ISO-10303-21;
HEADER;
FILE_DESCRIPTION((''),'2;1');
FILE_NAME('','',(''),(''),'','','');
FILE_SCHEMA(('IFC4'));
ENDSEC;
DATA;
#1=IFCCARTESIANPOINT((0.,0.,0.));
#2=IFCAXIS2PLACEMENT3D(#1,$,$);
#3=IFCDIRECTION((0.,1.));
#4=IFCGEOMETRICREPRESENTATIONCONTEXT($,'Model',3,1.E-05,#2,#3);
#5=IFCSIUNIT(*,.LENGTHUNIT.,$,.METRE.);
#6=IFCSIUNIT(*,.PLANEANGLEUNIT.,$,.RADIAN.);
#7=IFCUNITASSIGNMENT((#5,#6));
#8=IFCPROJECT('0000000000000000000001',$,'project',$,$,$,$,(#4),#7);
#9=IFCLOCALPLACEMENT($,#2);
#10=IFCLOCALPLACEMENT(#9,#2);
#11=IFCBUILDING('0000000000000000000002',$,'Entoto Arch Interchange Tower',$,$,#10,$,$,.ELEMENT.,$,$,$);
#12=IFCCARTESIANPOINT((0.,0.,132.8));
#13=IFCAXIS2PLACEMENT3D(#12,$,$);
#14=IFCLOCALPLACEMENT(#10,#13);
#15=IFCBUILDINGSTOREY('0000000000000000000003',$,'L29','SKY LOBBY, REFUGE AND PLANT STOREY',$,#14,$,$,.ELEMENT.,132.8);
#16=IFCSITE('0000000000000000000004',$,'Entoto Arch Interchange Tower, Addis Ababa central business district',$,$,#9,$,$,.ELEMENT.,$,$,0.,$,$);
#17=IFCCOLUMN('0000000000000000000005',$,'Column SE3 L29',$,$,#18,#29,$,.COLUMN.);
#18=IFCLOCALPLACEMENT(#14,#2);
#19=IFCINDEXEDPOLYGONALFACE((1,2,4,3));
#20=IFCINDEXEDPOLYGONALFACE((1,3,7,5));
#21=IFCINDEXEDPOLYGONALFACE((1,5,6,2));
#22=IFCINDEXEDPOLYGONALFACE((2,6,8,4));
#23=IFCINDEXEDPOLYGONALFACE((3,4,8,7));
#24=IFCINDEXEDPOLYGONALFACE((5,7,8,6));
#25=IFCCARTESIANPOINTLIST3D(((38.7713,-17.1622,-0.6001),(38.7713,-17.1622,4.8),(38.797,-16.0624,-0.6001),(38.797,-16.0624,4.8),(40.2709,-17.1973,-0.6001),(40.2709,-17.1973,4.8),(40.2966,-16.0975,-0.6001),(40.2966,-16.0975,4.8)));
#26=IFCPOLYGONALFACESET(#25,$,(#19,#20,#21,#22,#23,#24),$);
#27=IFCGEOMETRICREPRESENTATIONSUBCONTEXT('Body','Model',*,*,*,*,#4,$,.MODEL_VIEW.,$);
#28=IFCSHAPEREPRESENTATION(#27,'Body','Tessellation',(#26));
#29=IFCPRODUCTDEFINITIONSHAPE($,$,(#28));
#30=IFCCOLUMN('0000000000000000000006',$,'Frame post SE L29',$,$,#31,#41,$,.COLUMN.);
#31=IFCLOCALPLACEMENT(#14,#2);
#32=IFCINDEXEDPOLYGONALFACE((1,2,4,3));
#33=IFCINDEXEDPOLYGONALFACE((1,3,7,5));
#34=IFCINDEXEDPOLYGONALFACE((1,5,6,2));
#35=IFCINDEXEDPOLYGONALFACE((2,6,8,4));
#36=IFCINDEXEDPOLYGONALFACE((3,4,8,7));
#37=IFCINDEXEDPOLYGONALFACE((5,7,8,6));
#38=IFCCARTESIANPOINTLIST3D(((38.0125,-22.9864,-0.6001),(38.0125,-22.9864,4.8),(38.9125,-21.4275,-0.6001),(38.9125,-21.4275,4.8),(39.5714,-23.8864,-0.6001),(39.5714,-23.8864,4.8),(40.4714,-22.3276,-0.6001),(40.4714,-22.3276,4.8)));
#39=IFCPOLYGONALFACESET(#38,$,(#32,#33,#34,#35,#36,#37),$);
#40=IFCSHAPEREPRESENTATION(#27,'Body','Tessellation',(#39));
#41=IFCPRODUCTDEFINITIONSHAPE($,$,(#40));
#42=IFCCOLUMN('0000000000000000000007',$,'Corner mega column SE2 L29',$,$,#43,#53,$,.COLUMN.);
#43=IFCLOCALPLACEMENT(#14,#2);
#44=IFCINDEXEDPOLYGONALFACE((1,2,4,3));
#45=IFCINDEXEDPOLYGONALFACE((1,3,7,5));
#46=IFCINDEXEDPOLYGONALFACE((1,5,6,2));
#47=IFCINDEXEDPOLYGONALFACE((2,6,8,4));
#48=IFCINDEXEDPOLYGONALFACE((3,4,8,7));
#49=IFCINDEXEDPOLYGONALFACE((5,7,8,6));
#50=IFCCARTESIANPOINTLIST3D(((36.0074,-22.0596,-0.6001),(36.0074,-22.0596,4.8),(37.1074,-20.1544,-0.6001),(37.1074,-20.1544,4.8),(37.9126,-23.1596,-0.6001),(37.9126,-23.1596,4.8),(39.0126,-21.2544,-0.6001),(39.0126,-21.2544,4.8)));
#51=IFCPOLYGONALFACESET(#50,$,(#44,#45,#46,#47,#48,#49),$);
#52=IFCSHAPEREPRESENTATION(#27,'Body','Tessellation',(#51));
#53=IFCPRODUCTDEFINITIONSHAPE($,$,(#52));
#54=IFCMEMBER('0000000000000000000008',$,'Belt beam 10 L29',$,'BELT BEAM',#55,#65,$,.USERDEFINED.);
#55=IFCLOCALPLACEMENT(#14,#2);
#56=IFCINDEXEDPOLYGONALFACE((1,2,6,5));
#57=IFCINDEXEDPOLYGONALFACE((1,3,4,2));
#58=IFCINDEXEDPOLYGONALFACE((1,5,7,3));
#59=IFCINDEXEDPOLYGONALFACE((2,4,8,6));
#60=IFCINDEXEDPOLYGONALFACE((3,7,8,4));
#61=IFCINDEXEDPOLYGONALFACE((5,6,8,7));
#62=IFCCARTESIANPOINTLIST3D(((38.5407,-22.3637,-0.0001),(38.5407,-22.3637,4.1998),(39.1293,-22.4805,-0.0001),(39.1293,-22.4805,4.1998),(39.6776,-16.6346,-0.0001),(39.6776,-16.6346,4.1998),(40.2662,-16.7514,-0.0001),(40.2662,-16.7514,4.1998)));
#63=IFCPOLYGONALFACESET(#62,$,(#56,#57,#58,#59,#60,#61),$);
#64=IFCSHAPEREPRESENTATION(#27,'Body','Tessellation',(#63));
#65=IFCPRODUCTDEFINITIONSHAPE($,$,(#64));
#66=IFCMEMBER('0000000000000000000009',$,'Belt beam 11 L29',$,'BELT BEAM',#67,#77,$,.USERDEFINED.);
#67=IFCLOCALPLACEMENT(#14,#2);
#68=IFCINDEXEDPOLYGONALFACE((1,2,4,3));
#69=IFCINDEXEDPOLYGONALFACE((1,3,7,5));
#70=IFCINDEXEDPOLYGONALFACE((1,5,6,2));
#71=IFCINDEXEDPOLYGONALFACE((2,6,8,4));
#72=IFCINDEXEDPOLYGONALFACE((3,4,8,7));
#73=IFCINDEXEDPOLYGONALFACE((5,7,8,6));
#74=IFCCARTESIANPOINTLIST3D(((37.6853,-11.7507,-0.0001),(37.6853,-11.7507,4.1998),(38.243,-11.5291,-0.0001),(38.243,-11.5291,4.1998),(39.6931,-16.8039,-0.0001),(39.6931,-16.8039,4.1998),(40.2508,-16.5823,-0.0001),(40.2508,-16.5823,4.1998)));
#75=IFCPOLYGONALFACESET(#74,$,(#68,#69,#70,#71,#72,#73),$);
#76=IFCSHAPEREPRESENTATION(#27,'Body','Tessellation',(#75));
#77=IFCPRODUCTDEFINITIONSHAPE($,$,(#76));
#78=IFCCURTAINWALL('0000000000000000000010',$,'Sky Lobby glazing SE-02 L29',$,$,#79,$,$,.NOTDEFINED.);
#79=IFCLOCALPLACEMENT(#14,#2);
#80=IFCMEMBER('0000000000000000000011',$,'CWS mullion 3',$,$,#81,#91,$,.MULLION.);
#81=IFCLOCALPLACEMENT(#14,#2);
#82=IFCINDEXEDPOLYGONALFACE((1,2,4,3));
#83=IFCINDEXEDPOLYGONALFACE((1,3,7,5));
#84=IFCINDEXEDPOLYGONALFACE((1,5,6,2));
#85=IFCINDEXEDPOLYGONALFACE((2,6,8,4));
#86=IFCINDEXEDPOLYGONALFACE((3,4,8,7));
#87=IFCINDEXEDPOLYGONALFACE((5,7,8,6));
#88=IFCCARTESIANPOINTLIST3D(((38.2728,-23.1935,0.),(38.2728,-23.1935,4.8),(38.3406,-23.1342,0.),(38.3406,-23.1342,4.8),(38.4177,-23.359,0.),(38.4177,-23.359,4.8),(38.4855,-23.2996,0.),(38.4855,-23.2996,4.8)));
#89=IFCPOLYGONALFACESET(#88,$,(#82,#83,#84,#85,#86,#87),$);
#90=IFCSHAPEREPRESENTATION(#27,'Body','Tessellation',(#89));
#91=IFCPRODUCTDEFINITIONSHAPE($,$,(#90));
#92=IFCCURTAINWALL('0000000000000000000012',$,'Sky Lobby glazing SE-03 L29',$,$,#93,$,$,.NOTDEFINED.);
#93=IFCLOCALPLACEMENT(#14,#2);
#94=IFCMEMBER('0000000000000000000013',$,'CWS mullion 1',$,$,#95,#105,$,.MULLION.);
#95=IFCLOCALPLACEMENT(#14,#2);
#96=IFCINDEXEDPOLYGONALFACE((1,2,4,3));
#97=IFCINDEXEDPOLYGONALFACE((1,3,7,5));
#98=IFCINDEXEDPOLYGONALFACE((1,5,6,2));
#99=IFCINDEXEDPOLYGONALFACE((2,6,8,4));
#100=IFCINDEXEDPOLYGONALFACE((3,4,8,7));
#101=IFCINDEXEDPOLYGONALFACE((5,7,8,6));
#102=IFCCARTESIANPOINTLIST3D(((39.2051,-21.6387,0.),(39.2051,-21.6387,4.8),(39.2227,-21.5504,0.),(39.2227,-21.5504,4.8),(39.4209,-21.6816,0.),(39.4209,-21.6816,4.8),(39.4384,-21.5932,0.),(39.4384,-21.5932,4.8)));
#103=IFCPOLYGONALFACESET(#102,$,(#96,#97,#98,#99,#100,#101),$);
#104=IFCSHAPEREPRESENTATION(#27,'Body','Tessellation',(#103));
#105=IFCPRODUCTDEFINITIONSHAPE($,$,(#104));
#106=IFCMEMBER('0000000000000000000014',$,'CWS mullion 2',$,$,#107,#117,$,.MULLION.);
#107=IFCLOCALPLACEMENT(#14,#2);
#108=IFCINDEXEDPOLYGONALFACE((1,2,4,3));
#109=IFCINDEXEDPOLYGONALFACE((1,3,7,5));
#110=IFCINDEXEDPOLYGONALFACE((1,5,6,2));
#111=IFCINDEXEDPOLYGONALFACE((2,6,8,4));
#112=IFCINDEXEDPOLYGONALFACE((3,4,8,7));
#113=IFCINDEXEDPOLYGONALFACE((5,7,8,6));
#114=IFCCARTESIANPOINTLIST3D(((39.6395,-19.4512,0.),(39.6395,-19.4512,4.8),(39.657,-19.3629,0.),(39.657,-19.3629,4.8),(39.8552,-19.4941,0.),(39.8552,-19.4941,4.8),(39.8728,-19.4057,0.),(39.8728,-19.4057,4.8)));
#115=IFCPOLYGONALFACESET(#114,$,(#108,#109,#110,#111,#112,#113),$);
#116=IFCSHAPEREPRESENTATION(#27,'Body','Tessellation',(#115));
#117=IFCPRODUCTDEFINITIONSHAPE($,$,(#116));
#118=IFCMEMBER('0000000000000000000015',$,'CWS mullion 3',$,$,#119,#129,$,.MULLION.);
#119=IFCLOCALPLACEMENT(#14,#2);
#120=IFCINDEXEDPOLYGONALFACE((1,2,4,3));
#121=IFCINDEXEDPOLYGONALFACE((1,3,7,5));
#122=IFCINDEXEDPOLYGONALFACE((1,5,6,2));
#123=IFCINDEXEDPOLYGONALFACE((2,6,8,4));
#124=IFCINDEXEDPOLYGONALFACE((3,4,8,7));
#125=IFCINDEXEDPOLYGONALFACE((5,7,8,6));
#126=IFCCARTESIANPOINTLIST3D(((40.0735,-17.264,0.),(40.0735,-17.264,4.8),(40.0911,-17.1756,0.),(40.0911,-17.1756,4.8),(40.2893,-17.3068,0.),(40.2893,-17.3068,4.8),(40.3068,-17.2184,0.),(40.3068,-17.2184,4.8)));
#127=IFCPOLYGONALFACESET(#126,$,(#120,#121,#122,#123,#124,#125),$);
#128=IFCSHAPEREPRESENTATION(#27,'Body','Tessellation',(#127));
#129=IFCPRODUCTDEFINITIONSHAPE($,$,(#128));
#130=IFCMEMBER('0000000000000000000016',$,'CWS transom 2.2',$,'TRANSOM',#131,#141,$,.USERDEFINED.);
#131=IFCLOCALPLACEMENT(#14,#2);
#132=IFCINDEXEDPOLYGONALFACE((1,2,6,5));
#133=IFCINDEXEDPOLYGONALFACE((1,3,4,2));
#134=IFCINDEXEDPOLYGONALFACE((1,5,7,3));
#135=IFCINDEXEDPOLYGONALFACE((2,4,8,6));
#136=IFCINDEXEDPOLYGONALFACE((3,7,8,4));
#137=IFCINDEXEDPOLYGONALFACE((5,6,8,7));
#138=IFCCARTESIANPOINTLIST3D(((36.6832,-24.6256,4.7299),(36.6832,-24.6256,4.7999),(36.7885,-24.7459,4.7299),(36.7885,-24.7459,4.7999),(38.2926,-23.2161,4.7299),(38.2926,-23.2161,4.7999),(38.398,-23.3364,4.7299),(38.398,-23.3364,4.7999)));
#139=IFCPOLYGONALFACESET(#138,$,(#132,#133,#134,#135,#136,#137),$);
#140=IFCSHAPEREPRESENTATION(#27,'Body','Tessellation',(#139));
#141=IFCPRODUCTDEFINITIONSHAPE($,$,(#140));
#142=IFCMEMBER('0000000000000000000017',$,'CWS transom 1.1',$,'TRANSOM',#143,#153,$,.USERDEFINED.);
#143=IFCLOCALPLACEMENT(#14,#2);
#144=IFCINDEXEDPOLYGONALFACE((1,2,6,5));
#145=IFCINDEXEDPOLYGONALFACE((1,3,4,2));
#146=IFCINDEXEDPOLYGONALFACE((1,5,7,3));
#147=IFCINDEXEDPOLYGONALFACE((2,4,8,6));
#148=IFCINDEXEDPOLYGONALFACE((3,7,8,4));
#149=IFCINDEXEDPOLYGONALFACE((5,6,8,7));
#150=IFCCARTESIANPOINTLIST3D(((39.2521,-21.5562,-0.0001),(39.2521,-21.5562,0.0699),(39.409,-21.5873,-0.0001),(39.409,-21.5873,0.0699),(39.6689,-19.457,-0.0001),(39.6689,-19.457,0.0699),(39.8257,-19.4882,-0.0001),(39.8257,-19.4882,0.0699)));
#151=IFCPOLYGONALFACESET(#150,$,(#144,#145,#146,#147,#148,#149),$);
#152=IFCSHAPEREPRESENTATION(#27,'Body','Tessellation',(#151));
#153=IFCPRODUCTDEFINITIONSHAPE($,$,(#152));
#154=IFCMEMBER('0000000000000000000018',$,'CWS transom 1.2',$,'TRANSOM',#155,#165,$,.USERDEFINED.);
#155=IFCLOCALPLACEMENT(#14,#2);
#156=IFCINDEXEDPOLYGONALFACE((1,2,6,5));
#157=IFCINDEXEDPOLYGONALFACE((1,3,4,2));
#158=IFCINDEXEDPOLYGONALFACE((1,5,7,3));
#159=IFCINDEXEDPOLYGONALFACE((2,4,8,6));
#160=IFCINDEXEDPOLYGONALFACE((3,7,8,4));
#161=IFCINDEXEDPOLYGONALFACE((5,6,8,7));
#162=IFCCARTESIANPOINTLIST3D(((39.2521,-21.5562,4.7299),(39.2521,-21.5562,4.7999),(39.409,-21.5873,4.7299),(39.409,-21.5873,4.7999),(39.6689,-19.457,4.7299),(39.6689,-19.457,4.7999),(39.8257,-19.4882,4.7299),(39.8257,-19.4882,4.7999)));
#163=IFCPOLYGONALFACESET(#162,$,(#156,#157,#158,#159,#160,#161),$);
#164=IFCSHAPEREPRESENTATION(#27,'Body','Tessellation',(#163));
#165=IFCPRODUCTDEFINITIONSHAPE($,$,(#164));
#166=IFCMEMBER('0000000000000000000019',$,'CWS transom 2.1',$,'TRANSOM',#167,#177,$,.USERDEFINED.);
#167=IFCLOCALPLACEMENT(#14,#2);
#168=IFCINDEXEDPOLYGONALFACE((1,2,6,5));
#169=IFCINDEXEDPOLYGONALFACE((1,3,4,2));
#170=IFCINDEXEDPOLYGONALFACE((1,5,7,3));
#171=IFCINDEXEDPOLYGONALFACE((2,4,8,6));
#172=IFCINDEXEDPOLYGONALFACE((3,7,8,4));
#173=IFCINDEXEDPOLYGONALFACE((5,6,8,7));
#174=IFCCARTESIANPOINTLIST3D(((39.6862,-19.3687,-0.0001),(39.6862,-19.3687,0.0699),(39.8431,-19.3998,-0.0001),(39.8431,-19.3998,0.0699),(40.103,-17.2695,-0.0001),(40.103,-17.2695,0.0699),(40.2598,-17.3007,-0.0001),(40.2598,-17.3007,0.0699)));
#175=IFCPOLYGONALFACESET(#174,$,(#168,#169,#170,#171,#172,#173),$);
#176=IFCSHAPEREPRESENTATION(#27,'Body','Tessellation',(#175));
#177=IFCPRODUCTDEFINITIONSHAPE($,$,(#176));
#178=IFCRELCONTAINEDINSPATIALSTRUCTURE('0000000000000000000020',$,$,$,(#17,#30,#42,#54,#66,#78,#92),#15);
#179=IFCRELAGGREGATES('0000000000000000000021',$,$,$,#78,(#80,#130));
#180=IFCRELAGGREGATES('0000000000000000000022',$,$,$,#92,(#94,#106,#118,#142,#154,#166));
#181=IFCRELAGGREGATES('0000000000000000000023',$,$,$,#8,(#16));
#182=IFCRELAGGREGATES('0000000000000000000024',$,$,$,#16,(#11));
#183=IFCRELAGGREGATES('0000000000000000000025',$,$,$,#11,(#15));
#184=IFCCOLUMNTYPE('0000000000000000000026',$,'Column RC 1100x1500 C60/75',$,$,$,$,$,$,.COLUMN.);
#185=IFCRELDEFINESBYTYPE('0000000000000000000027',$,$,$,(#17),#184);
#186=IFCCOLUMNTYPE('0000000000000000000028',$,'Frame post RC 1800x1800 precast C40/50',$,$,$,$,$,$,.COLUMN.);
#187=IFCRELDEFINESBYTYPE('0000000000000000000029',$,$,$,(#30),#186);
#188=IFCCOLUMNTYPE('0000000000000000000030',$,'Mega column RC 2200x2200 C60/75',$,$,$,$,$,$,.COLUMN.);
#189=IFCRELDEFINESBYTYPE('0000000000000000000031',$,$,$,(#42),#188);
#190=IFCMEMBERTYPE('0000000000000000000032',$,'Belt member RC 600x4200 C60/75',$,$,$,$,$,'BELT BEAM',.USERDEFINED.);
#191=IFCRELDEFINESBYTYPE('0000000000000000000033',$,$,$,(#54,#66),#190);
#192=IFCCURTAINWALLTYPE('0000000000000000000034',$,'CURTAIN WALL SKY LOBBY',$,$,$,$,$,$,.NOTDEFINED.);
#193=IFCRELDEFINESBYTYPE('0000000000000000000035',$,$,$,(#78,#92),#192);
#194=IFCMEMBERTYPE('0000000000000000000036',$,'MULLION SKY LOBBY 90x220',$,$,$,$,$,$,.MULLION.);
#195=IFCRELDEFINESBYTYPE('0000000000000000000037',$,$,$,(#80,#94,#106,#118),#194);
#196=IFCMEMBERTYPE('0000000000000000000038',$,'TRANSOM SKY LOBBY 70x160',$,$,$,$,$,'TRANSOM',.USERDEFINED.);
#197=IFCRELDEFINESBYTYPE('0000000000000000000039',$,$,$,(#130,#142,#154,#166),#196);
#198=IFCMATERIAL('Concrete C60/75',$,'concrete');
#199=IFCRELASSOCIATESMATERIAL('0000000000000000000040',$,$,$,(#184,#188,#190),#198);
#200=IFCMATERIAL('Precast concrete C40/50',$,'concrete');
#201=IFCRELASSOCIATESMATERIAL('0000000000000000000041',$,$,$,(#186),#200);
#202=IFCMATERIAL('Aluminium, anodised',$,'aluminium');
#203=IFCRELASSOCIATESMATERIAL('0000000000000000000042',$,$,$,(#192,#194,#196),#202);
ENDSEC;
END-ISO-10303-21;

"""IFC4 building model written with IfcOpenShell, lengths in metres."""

from ifc_helpers import new_model, si_unit, direction, frame, origin, origin_2d, place, context, subcontext, project, spatial, rectangle, extrude, material, material_profile, profile_set, type_object, element, aggregate, save


model = new_model("IFC4")

# Units and contexts
model_context = context("Model", 3, precision=1e-05, world=origin(), true_north=direction((0.0, 1.0)))
body_context = subcontext(model_context, "Body", "Model", "MODEL_VIEW")
ifc_project = project(units=[si_unit("LENGTHUNIT", "METRE"), si_unit("PLANEANGLEUNIT", "RADIAN")], contexts=[model_context])

# Site, building, storey
site_placement = place(None, origin())
site = spatial("IfcSite", under=ifc_project, at=site_placement, Name="Entoto Arch Interchange Tower, Addis Ababa central business district", CompositionType="ELEMENT", RefElevation=0.0)
building_placement = place(site_placement, origin())
building = spatial("IfcBuilding", under=site, at=building_placement, Name="Entoto Arch Interchange Tower", CompositionType="ELEMENT")
storey_placement = place(building_placement, frame((0.0, 0.0, 132.8)))
storey = spatial("IfcBuildingStorey", under=building, at=storey_placement, Name="L29", Description="SKY LOBBY, REFUGE AND PLANT STOREY", CompositionType="ELEMENT", Elevation=132.8)

# Columns
ifc_material_1 = material(Name="Concrete C60/75", Category="concrete")
ifc_material_profile_1 = material_profile(ifc_material_1, rectangle(XDim=1.1001, YDim=1.5, at=origin_2d()))
ifc_profile_set_1 = profile_set([ifc_material_profile_1], Name="Concrete C60/75")
column_type_1 = type_object("IfcColumnType", Name="Column RC 1100x1500 C60/75", PredefinedType="COLUMN", material=ifc_profile_set_1)
column_1_placement = place(storey_placement, frame((39.5339, -16.6299, -0.6001), z_axis=(0.0, 0.0, 1.0), x_axis=(0.023385, 0.999727, 0.0)))
element("IfcColumn", 1, at=column_1_placement, inside=storey, type_object=column_type_1, Name="Column SE3 L29", PredefinedType="COLUMN", context=body_context, shape_type="SweptSolid", body=[
    extrude(rectangle(XDim=1.1001, YDim=1.5, at=origin_2d()), origin(), (0.0, 0.0, 1.0), 5.4001),
])
ifc_material_2 = material(Name="Precast concrete C40/50", Category="concrete")
ifc_material_profile_2 = material_profile(ifc_material_2, rectangle(XDim=1.8, YDim=1.8, at=origin_2d()))
ifc_profile_set_2 = profile_set([ifc_material_profile_2], Name="Precast concrete C40/50")
column_type_2 = type_object("IfcColumnType", Name="Frame post RC 1800x1800 precast C40/50", PredefinedType="COLUMN", material=ifc_profile_set_2)
column_2_placement = place(storey_placement, frame((39.2419, -22.657, -0.6001), z_axis=(0.0, 0.0, 1.0), x_axis=(-0.866025, 0.5, 0.0)))
element("IfcColumn", 2, at=column_2_placement, inside=storey, type_object=column_type_2, Name="Frame post SE L29", PredefinedType="COLUMN", context=body_context, shape_type="SweptSolid", body=[
    extrude(rectangle(XDim=1.8, YDim=1.8, at=origin_2d()), origin(), (0.0, 0.0, 1.0), 5.4001),
])
ifc_material_profile_3 = material_profile(ifc_material_1, rectangle(XDim=2.2, YDim=2.2, at=origin_2d()))
ifc_profile_set_3 = profile_set([ifc_material_profile_3], Name="Concrete C60/75")
column_type_3 = type_object("IfcColumnType", Name="Mega column RC 2200x2200 C60/75", PredefinedType="COLUMN", material=ifc_profile_set_3)
column_3_placement = place(storey_placement, frame((37.51, -21.657, -0.6001), z_axis=(0.0, 0.0, 1.0), x_axis=(-0.866025, 0.5, 0.0)))
element("IfcColumn", 3, at=column_3_placement, inside=storey, type_object=column_type_3, Name="Corner mega column SE2 L29", PredefinedType="COLUMN", context=body_context, shape_type="SweptSolid", body=[
    extrude(rectangle(XDim=2.2, YDim=2.2, at=origin_2d()), origin(), (0.0, 0.0, 1.0), 5.4001),
])

# Members
ifc_material_profile_4 = material_profile(ifc_material_1, rectangle(XDim=0.6001, YDim=4.2, at=origin_2d()))
ifc_profile_set_4 = profile_set([ifc_material_profile_4], Name="Concrete C60/75")
member_type_1 = type_object("IfcMemberType", Name="Belt member RC 600x4200 C60/75", ElementType="BELT BEAM", PredefinedType="USERDEFINED", material=ifc_profile_set_4)
member_1_placement = place(storey_placement, frame((38.835, -22.4221, 2.0999), z_axis=(0.194661, 0.980871, 0.0), x_axis=(-0.980871, 0.194661, 0.0)))
element("IfcMember", 4, at=member_1_placement, inside=storey, type_object=member_type_1, Name="Belt beam 10 L29", ObjectType="BELT BEAM", PredefinedType="USERDEFINED", context=body_context, shape_type="SweptSolid", body=[
    extrude(rectangle(XDim=0.6001, YDim=4.2, at=origin_2d()), origin(), (0.0, 0.0, 1.0), 5.8408),
])
member_2_placement = place(storey_placement, frame((39.9719, -16.6931, 2.0999), z_axis=(-0.369253, 0.929329, 0.0), x_axis=(-0.929329, -0.369253, 0.0)))
element("IfcMember", 5, at=member_2_placement, inside=storey, type_object=member_type_1, Name="Belt beam 11 L29", ObjectType="BELT BEAM", PredefinedType="USERDEFINED", context=body_context, shape_type="SweptSolid", body=[
    extrude(rectangle(XDim=0.6001, YDim=4.2, at=origin_2d()), origin(), (0.0, 0.0, 1.0), 5.4375),
])

# Curtain wall, member
ifc_material_3 = material(Name="Aluminium, anodised", Category="aluminium")
curtain_wall_type = type_object("IfcCurtainWallType", Name="CURTAIN WALL SKY LOBBY", PredefinedType="NOTDEFINED", material=ifc_material_3)
curtain_wall_1_placement = place(storey_placement, origin())
curtain_wall_1 = element("IfcCurtainWall", 6, at=curtain_wall_1_placement, inside=storey, type_object=curtain_wall_type, Name="Sky Lobby glazing SE-02 L29", PredefinedType="NOTDEFINED")
ifc_material_profile_5 = material_profile(ifc_material_3, rectangle(XDim=0.22, YDim=0.0901, at=origin_2d()))
ifc_profile_set_5 = profile_set([ifc_material_profile_5], Name="Aluminium, anodised")
member_type_2 = type_object("IfcMemberType", Name="MULLION SKY LOBBY 90x220", PredefinedType="MULLION", material=ifc_profile_set_5)
member_3_placement = place(storey_placement, frame((38.3792, -23.2466, 0.0), z_axis=(0.0, 0.0, 1.0), x_axis=(-0.658847, 0.752277, 0.0)))
member_3 = element("IfcMember", 7, at=member_3_placement, type_object=member_type_2, Name="CWS mullion 3", PredefinedType="MULLION", context=body_context, shape_type="SweptSolid", body=[
    extrude(rectangle(XDim=0.22, YDim=0.0901, at=origin_2d()), origin(), (0.0, 0.0, 1.0), 4.8),
])

# Curtain wall, members
curtain_wall_2_placement = place(storey_placement, origin())
curtain_wall_2 = element("IfcCurtainWall", 8, at=curtain_wall_2_placement, inside=storey, type_object=curtain_wall_type, Name="Sky Lobby glazing SE-03 L29", PredefinedType="NOTDEFINED")
member_4_placement = place(storey_placement, frame((39.3218, -21.616, 0.0), z_axis=(0.0, 0.0, 1.0), x_axis=(-0.980859, 0.194721, 0.0)))
member_4 = element("IfcMember", 9, at=member_4_placement, type_object=member_type_2, Name="CWS mullion 1", PredefinedType="MULLION", context=body_context, shape_type="SweptSolid", body=[
    extrude(rectangle(XDim=0.22, YDim=0.0901, at=origin_2d()), origin(), (0.0, 0.0, 1.0), 4.8),
])
member_5_placement = place(storey_placement, frame((39.7561, -19.4285, 0.0), z_axis=(0.0, 0.0, 1.0), x_axis=(-0.980859, 0.194721, 0.0)))
member_5 = element("IfcMember", 10, at=member_5_placement, type_object=member_type_2, Name="CWS mullion 2", PredefinedType="MULLION", context=body_context, shape_type="SweptSolid", body=[
    extrude(rectangle(XDim=0.22, YDim=0.0901, at=origin_2d()), origin(), (0.0, 0.0, 1.0), 4.8),
])
member_6_placement = place(storey_placement, frame((40.1902, -17.2412, 0.0), z_axis=(0.0, 0.0, 1.0), x_axis=(-0.980859, 0.194721, 0.0)))
member_6 = element("IfcMember", 11, at=member_6_placement, type_object=member_type_2, Name="CWS mullion 3", PredefinedType="MULLION", context=body_context, shape_type="SweptSolid", body=[
    extrude(rectangle(XDim=0.22, YDim=0.0901, at=origin_2d()), origin(), (0.0, 0.0, 1.0), 4.8),
])

# Members
ifc_material_profile_6 = material_profile(ifc_material_3, rectangle(XDim=0.1599, YDim=0.0701, at=origin_2d()))
ifc_profile_set_6 = profile_set([ifc_material_profile_6], Name="Aluminium, anodised")
member_type_3 = type_object("IfcMemberType", Name="TRANSOM SKY LOBBY 70x160", ElementType="TRANSOM", PredefinedType="USERDEFINED", material=ifc_profile_set_6)
member_7_placement = place(storey_placement, frame((36.7358, -24.6858, 4.7649), z_axis=(0.752294, 0.658828, 0.0), x_axis=(-0.658828, 0.752294, 0.0)))
member_7 = element("IfcMember", 12, at=member_7_placement, type_object=member_type_3, Name="CWS transom 2.2", ObjectType="TRANSOM", PredefinedType="USERDEFINED", context=body_context, shape_type="SweptSolid", body=[
    extrude(rectangle(XDim=0.1599, YDim=0.0701, at=origin_2d()), origin(), (0.0, 0.0, 1.0), 2.1394),
])
member_8_placement = place(storey_placement, frame((39.3306, -21.5718, 0.0349), z_axis=(0.194734, 0.980856, 0.0), x_axis=(-0.980856, 0.194734, 0.0)))
member_8 = element("IfcMember", 13, at=member_8_placement, type_object=member_type_3, Name="CWS transom 1.1", ObjectType="TRANSOM", PredefinedType="USERDEFINED", context=body_context, shape_type="SweptSolid", body=[
    extrude(rectangle(XDim=0.1599, YDim=0.0701, at=origin_2d()), origin(), (0.0, 0.0, 1.0), 2.1401),
])
member_9_placement = place(storey_placement, frame((39.3306, -21.5718, 4.7649), z_axis=(0.194734, 0.980856, 0.0), x_axis=(-0.980856, 0.194734, 0.0)))
member_9 = element("IfcMember", 14, at=member_9_placement, type_object=member_type_3, Name="CWS transom 1.2", ObjectType="TRANSOM", PredefinedType="USERDEFINED", context=body_context, shape_type="SweptSolid", body=[
    extrude(rectangle(XDim=0.1599, YDim=0.0701, at=origin_2d()), origin(), (0.0, 0.0, 1.0), 2.1401),
])
member_10_placement = place(storey_placement, frame((39.7646, -19.3843, 0.0349), z_axis=(0.194734, 0.980856, 0.0), x_axis=(-0.980856, 0.194734, 0.0)))
member_10 = element("IfcMember", 15, at=member_10_placement, type_object=member_type_3, Name="CWS transom 2.1", ObjectType="TRANSOM", PredefinedType="USERDEFINED", context=body_context, shape_type="SweptSolid", body=[
    extrude(rectangle(XDim=0.1599, YDim=0.0701, at=origin_2d()), origin(), (0.0, 0.0, 1.0), 2.1401),
])

aggregate(curtain_wall_1, [member_3, member_7])
aggregate(curtain_wall_2, [member_4, member_5, member_6, member_8, member_9, member_10])

save(model, "model.ifc")
